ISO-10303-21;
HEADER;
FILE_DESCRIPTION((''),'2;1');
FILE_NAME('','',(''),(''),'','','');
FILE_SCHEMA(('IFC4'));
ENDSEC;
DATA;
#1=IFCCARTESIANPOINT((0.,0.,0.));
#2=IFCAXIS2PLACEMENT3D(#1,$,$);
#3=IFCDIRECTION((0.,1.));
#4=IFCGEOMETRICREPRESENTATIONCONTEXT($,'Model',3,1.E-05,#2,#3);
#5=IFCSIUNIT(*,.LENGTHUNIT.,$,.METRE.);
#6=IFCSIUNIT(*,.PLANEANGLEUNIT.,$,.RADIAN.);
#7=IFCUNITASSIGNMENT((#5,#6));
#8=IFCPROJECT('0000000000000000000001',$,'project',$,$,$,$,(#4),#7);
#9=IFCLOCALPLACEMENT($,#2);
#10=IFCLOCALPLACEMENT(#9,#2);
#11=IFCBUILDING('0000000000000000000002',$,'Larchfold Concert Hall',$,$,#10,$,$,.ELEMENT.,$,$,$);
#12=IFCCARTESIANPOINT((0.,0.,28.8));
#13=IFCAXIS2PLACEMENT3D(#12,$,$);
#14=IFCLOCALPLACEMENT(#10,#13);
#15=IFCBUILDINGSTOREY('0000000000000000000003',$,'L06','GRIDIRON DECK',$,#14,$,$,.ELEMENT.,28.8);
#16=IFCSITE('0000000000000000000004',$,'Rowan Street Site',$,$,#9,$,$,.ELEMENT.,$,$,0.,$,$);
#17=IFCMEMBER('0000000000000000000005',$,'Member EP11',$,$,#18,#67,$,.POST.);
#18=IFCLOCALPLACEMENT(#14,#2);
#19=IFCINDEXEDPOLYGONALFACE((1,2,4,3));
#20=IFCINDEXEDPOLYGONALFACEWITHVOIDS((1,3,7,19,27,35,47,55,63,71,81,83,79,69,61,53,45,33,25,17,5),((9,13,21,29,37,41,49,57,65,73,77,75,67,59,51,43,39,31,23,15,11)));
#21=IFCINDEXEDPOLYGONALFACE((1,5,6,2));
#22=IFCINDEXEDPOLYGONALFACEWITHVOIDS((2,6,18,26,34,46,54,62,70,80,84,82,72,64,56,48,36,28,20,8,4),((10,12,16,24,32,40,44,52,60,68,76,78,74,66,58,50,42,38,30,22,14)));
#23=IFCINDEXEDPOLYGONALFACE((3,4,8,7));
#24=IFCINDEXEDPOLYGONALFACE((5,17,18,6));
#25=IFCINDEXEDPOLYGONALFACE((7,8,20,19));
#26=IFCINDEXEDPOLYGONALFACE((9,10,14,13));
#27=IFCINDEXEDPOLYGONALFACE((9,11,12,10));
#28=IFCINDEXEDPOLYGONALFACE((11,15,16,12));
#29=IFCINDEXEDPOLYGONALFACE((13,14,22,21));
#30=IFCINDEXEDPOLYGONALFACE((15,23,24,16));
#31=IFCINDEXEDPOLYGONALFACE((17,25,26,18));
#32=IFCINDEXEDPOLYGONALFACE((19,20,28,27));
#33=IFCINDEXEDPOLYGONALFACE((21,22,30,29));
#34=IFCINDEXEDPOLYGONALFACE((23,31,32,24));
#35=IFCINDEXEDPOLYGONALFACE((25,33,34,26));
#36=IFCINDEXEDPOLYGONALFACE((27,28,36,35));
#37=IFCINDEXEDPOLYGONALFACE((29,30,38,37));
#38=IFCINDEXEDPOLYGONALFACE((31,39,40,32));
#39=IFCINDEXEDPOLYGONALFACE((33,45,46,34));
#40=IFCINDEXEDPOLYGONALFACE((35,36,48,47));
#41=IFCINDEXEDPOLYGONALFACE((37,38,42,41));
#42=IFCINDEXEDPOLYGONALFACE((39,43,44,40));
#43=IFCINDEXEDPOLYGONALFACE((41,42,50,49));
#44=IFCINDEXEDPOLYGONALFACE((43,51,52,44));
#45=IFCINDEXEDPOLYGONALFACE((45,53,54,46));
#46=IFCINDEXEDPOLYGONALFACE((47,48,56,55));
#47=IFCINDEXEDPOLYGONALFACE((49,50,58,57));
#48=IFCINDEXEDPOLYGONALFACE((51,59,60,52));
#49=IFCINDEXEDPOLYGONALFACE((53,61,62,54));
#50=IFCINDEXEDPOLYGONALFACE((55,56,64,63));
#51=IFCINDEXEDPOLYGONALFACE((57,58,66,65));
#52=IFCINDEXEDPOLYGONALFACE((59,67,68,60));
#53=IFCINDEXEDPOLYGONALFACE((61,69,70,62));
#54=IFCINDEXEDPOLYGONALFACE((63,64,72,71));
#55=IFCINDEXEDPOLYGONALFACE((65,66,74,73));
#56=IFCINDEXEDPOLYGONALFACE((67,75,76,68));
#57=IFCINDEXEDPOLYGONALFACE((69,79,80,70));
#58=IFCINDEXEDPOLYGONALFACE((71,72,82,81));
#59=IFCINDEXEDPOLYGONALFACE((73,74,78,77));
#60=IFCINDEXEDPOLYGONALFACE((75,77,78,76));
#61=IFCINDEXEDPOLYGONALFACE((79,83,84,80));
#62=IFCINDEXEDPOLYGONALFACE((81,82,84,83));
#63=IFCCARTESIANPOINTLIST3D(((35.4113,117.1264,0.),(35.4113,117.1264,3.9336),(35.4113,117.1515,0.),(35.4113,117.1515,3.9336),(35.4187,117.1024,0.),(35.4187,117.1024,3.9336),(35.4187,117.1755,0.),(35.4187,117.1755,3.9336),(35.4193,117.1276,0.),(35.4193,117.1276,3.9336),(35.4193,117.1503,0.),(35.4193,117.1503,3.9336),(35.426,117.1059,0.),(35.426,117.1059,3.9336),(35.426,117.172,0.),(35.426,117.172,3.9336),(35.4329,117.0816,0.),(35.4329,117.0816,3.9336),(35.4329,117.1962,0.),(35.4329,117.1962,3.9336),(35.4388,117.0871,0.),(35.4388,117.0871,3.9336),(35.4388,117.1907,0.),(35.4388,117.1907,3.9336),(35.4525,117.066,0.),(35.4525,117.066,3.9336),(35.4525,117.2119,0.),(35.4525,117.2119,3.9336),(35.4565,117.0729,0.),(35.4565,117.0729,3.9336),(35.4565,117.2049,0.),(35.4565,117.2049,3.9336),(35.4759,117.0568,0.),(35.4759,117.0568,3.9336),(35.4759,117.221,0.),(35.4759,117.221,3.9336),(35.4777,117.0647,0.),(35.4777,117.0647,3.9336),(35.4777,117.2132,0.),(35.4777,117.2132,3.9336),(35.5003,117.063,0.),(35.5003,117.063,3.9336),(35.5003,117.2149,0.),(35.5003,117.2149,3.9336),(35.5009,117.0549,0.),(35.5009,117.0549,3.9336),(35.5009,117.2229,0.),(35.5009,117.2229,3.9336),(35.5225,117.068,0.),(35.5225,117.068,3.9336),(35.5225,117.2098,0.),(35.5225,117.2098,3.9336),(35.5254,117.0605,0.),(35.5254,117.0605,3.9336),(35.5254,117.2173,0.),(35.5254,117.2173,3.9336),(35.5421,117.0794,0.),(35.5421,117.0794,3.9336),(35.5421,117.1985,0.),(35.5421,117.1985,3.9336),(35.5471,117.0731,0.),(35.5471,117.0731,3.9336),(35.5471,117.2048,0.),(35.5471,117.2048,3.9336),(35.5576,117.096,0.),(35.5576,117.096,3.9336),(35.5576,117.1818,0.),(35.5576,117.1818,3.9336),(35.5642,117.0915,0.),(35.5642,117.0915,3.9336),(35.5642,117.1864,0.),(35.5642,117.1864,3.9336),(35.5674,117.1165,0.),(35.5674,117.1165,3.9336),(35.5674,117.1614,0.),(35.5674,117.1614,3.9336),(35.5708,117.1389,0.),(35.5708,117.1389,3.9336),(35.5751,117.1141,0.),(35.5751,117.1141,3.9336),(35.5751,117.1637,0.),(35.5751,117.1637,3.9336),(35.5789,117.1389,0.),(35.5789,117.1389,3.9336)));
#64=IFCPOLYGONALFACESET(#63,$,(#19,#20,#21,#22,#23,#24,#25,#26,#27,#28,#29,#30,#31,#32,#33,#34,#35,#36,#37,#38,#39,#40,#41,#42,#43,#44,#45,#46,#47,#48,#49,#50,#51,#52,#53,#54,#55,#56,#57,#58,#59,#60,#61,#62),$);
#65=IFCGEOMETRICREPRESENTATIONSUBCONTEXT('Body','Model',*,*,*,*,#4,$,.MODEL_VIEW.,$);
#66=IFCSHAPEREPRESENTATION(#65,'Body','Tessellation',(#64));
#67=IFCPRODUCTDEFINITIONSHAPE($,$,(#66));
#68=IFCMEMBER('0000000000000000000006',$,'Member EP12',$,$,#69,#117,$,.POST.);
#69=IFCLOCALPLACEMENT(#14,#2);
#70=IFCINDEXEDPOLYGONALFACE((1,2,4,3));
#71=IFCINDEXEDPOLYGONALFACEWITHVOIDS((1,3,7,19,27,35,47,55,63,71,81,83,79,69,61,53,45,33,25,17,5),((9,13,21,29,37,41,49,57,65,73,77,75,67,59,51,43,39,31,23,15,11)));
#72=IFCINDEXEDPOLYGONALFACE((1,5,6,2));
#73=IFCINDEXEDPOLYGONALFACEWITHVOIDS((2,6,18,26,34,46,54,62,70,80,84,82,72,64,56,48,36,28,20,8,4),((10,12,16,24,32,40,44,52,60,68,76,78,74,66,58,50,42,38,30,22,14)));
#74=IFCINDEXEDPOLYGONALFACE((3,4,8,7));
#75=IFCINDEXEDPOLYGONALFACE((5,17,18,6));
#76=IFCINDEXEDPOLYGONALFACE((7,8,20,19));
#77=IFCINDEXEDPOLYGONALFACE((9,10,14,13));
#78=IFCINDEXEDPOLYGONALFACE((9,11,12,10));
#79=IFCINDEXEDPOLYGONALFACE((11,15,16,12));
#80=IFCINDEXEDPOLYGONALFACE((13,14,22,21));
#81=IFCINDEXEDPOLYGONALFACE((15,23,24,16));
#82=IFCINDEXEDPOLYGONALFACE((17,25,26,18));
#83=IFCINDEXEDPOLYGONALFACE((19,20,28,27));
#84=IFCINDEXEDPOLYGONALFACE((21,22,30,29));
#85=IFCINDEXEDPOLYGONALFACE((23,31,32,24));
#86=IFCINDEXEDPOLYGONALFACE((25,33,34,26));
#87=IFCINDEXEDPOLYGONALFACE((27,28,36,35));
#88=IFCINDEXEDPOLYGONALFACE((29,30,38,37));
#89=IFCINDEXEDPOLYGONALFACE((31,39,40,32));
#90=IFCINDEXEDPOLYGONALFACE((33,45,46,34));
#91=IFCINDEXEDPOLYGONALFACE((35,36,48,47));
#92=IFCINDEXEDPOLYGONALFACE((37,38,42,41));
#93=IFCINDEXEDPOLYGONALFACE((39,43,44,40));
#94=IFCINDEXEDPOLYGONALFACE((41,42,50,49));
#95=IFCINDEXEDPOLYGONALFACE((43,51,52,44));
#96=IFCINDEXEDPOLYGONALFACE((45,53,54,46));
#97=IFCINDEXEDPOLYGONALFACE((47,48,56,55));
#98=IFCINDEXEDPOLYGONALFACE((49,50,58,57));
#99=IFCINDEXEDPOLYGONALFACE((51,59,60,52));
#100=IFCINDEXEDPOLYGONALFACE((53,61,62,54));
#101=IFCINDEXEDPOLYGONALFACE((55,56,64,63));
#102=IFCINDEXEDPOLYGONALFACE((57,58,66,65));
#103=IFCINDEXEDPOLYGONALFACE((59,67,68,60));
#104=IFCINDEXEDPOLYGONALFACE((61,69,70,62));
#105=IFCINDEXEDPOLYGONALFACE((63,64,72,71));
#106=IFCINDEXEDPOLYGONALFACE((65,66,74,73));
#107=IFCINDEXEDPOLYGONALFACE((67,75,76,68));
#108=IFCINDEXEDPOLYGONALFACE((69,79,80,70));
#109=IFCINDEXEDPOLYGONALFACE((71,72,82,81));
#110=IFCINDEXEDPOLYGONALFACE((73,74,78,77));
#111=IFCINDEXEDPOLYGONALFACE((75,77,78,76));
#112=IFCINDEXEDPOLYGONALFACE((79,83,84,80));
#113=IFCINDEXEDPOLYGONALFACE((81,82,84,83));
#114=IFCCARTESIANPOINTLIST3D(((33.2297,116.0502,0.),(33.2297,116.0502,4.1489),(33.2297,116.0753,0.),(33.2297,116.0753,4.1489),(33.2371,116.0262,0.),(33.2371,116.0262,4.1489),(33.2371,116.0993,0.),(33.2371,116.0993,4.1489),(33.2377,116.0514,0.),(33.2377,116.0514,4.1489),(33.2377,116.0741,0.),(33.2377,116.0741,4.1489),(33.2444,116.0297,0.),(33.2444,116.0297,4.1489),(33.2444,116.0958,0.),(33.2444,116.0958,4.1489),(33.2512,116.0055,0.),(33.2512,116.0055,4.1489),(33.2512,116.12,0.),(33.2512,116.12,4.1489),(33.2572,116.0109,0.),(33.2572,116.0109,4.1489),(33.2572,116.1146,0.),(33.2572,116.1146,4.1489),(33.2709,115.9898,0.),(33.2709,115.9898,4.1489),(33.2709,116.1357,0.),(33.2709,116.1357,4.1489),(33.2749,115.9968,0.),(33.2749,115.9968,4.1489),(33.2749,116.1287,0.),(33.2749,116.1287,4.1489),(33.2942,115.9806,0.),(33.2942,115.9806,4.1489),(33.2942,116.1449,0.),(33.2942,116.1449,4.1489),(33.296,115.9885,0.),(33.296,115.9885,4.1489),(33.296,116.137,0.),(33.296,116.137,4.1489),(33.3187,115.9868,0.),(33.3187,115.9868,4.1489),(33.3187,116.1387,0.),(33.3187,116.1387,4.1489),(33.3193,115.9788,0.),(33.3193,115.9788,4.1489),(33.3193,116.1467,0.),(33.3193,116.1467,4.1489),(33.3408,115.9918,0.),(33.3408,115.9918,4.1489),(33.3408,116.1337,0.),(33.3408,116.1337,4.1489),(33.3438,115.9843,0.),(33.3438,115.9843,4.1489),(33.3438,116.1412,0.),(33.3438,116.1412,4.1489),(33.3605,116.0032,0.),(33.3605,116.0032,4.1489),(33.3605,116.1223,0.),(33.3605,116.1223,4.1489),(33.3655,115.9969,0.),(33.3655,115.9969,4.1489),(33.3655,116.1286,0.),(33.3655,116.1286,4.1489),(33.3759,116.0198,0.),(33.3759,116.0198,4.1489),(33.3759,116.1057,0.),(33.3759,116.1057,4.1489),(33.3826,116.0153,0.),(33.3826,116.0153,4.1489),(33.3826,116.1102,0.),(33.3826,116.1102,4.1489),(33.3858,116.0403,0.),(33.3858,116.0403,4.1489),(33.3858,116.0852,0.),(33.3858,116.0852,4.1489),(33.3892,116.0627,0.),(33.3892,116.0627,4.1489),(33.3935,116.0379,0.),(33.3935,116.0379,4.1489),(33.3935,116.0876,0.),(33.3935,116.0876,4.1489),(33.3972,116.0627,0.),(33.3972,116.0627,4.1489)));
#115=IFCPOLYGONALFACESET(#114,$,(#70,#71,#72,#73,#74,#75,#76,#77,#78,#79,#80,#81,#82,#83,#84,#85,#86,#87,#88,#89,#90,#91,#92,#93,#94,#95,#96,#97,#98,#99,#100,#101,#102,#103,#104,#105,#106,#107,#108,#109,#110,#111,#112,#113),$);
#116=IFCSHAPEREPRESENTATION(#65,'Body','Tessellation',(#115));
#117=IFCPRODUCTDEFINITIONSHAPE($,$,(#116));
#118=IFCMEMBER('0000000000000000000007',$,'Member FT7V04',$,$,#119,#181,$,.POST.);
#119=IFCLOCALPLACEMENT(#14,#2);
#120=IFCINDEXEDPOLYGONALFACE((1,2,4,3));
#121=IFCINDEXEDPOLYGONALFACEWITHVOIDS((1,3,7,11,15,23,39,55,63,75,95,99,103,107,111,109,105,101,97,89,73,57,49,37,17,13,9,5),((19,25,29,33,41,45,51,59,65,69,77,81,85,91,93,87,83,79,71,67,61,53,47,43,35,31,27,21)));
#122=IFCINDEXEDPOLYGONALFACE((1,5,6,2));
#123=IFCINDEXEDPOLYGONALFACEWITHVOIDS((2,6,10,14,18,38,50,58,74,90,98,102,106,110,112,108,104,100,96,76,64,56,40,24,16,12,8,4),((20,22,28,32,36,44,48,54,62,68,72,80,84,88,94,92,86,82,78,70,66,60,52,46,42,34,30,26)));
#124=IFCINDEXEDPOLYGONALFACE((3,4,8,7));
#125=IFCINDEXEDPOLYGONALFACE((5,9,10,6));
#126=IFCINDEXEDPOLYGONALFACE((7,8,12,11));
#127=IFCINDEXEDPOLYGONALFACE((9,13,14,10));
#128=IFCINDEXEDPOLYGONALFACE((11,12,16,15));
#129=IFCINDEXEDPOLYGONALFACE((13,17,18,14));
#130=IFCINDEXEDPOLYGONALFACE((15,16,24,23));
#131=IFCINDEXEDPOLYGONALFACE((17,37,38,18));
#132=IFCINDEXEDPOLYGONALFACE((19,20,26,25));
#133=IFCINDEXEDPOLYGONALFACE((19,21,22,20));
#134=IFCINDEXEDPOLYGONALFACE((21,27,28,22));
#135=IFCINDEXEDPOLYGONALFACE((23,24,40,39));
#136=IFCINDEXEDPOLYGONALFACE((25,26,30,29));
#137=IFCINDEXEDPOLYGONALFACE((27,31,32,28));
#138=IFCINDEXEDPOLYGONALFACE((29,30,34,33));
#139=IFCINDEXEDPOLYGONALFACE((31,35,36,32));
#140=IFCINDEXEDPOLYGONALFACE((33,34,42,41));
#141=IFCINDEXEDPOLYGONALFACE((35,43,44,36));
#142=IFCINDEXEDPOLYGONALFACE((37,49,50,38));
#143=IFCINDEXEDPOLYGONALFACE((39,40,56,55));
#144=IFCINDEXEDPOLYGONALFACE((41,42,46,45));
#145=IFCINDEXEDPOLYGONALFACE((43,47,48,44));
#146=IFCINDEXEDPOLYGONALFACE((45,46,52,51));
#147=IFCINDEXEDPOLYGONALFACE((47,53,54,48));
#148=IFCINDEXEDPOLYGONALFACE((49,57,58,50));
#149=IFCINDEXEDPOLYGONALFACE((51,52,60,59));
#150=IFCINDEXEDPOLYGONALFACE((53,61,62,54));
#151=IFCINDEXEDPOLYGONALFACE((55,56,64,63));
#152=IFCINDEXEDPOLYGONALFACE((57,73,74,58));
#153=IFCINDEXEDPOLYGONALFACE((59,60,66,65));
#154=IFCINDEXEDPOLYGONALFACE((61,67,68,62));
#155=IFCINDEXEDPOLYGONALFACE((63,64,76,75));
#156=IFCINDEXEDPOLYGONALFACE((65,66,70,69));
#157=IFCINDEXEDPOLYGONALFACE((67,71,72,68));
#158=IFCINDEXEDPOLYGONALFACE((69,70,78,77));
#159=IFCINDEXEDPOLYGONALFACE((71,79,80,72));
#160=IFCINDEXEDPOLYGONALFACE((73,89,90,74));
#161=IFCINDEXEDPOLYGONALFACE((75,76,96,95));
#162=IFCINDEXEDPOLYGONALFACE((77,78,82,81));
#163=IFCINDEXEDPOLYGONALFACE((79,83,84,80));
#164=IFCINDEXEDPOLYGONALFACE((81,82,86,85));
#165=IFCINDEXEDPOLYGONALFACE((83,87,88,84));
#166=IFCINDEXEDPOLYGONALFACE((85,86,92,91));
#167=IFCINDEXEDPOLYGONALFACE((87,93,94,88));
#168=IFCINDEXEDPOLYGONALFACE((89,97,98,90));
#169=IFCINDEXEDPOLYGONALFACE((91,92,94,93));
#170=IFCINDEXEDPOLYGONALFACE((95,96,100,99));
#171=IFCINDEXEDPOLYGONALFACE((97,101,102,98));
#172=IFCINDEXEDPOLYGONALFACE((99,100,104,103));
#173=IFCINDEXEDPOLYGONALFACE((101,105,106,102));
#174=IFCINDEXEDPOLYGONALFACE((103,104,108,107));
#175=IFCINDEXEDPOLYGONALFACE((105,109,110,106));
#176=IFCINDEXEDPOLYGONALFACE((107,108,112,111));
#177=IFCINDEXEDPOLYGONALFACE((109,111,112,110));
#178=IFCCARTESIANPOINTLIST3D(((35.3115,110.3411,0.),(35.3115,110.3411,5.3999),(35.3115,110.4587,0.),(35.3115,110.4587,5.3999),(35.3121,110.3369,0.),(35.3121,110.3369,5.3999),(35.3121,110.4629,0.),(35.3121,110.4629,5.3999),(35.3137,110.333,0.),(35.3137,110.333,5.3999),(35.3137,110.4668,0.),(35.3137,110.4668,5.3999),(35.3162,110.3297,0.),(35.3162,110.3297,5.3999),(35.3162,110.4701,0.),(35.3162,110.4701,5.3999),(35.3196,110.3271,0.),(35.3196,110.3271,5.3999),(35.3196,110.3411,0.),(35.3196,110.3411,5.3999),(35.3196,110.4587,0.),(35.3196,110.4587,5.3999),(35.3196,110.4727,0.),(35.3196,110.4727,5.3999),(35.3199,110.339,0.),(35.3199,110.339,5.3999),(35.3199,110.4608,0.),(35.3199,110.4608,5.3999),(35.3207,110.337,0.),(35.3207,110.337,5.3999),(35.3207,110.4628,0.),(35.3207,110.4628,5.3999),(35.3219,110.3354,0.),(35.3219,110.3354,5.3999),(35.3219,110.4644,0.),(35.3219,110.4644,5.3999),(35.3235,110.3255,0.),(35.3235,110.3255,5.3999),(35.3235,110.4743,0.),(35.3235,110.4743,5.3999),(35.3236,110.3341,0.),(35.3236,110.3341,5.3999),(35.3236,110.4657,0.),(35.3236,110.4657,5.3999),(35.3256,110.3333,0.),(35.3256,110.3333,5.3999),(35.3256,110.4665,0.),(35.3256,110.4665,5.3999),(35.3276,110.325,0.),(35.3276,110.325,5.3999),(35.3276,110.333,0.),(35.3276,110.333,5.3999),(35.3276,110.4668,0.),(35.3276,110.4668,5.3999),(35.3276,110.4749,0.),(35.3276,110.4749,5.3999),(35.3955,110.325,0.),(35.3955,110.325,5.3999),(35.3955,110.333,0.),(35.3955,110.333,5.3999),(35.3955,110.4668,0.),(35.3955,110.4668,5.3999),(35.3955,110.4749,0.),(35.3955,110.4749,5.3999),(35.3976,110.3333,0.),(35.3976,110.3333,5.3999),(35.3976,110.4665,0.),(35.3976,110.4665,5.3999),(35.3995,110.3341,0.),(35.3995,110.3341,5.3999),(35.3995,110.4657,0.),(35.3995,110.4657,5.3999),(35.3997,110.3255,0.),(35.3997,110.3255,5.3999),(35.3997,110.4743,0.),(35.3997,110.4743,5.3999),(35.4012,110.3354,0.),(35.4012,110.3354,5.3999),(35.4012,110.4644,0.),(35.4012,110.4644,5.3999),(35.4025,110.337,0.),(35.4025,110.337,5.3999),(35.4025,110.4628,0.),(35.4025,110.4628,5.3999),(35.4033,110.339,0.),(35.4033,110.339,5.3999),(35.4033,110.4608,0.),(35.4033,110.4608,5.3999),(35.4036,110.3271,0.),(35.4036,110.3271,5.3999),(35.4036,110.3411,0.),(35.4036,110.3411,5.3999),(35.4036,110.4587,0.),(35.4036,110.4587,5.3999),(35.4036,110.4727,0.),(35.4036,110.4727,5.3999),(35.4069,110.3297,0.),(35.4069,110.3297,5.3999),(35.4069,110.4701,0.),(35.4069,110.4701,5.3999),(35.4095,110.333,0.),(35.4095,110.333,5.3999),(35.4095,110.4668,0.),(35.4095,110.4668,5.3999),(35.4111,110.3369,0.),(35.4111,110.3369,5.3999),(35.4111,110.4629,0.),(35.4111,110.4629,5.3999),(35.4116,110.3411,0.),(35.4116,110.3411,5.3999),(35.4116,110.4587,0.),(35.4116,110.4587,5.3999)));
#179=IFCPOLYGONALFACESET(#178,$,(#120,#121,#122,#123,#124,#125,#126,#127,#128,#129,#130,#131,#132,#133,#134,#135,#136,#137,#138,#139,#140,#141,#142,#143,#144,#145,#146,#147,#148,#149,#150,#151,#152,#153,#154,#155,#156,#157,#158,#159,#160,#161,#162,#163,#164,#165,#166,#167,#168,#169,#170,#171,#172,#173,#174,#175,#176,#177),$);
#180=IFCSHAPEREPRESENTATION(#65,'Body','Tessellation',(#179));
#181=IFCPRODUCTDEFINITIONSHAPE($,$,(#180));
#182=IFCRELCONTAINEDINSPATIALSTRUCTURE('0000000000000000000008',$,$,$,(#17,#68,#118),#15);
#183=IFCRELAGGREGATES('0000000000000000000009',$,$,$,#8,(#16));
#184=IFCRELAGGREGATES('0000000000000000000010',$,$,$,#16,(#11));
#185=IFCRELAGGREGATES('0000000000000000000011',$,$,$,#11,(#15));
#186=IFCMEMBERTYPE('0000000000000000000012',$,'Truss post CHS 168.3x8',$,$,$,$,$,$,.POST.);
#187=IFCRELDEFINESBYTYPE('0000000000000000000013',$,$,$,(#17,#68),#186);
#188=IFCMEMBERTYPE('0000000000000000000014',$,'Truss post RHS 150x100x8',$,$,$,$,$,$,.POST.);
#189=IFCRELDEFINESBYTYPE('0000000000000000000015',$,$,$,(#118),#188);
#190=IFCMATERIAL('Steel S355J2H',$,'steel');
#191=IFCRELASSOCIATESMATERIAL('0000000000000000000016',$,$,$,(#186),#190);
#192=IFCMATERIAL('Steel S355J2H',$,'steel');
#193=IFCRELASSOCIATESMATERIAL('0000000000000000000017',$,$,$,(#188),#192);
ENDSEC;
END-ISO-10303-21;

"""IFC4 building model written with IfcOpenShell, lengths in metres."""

from ifc_helpers import new_model, si_unit, direction, frame, origin, origin_2d, place, context, subcontext, project, spatial, hollow_rectangle, hollow_circle, extrude, material, material_profile, profile_set, type_object, element, save


model = new_model("IFC4")

# Units and contexts
model_context = context("Model", 3, precision=1e-05, world=origin(), true_north=direction((0.0, 1.0)))
body_context = subcontext(model_context, "Body", "Model", "MODEL_VIEW")
ifc_project = project(units=[si_unit("LENGTHUNIT", "METRE"), si_unit("PLANEANGLEUNIT", "RADIAN")], contexts=[model_context])

# Site, building, storey
site_placement = place(None, origin())
site = spatial("IfcSite", under=ifc_project, at=site_placement, Name="Rowan Street Site", CompositionType="ELEMENT", RefElevation=0.0)
building_placement = place(site_placement, origin())
building = spatial("IfcBuilding", under=site, at=building_placement, Name="Larchfold Concert Hall", CompositionType="ELEMENT")
storey_placement = place(building_placement, frame((0.0, 0.0, 28.8)))
storey = spatial("IfcBuildingStorey", under=building, at=storey_placement, Name="L06", Description="GRIDIRON DECK", CompositionType="ELEMENT", Elevation=28.8)

# Members
ifc_material_1 = material(Name="Steel S355J2H", Category="steel")
ifc_material_profile_1 = material_profile(ifc_material_1, hollow_circle(Radius=0.0842, WallThickness=0.0081, at=origin_2d()))
ifc_profile_set_1 = profile_set([ifc_material_profile_1], Name="Steel S355J2H")
member_type_1 = type_object("IfcMemberType", Name="Truss post CHS 168.3x8", PredefinedType="POST", material=ifc_profile_set_1)
member_1_placement = place(storey_placement, frame((35.4946, 117.1389, 0.0), z_axis=(0.0, 0.0, 1.0), x_axis=(1.0, 0.0, 0.0)))
element("IfcMember", 1, at=member_1_placement, inside=storey, type_object=member_type_1, Name="Member EP11", PredefinedType="POST", context=body_context, shape_type="SweptSolid", body=[
    extrude(hollow_circle(Radius=0.0842, WallThickness=0.0081, at=origin_2d()), origin(), (0.0, 0.0, 1.0), 3.9336),
])
member_2_placement = place(storey_placement, frame((33.313, 116.0627, 0.0), z_axis=(0.0, 0.0, 1.0), x_axis=(1.0, 0.0, 0.0)))
element("IfcMember", 2, at=member_2_placement, inside=storey, type_object=member_type_1, Name="Member EP12", PredefinedType="POST", context=body_context, shape_type="SweptSolid", body=[
    extrude(hollow_circle(Radius=0.0842, WallThickness=0.0081, at=origin_2d()), origin(), (0.0, 0.0, 1.0), 4.1489),
])
ifc_material_2 = material(Name="Steel S355J2H", Category="steel")
ifc_material_profile_2 = material_profile(ifc_material_2, hollow_rectangle(XDim=0.1001, YDim=0.1499, WallThickness=0.0081, InnerFilletRadius=0.0081, OuterFilletRadius=0.0161, at=origin_2d()))
ifc_profile_set_2 = profile_set([ifc_material_profile_2], Name="Steel S355J2H")
member_type_2 = type_object("IfcMemberType", Name="Truss post RHS 150x100x8", PredefinedType="POST", material=ifc_profile_set_2)
member_3_placement = place(storey_placement, frame((35.3616, 110.3999, 5.3999), z_axis=(0.0, 0.0, -1.0), x_axis=(1.0, 0.0, 0.0)))
element("IfcMember", 3, at=member_3_placement, inside=storey, type_object=member_type_2, Name="Member FT7V04", PredefinedType="POST", context=body_context, shape_type="SweptSolid", body=[
    extrude(hollow_rectangle(XDim=0.1001, YDim=0.1499, WallThickness=0.0081, InnerFilletRadius=0.0081, OuterFilletRadius=0.0161, at=origin_2d()), origin(), (0.0, 0.0, 1.0), 5.3999),
])

save(model, "model.ifc")
